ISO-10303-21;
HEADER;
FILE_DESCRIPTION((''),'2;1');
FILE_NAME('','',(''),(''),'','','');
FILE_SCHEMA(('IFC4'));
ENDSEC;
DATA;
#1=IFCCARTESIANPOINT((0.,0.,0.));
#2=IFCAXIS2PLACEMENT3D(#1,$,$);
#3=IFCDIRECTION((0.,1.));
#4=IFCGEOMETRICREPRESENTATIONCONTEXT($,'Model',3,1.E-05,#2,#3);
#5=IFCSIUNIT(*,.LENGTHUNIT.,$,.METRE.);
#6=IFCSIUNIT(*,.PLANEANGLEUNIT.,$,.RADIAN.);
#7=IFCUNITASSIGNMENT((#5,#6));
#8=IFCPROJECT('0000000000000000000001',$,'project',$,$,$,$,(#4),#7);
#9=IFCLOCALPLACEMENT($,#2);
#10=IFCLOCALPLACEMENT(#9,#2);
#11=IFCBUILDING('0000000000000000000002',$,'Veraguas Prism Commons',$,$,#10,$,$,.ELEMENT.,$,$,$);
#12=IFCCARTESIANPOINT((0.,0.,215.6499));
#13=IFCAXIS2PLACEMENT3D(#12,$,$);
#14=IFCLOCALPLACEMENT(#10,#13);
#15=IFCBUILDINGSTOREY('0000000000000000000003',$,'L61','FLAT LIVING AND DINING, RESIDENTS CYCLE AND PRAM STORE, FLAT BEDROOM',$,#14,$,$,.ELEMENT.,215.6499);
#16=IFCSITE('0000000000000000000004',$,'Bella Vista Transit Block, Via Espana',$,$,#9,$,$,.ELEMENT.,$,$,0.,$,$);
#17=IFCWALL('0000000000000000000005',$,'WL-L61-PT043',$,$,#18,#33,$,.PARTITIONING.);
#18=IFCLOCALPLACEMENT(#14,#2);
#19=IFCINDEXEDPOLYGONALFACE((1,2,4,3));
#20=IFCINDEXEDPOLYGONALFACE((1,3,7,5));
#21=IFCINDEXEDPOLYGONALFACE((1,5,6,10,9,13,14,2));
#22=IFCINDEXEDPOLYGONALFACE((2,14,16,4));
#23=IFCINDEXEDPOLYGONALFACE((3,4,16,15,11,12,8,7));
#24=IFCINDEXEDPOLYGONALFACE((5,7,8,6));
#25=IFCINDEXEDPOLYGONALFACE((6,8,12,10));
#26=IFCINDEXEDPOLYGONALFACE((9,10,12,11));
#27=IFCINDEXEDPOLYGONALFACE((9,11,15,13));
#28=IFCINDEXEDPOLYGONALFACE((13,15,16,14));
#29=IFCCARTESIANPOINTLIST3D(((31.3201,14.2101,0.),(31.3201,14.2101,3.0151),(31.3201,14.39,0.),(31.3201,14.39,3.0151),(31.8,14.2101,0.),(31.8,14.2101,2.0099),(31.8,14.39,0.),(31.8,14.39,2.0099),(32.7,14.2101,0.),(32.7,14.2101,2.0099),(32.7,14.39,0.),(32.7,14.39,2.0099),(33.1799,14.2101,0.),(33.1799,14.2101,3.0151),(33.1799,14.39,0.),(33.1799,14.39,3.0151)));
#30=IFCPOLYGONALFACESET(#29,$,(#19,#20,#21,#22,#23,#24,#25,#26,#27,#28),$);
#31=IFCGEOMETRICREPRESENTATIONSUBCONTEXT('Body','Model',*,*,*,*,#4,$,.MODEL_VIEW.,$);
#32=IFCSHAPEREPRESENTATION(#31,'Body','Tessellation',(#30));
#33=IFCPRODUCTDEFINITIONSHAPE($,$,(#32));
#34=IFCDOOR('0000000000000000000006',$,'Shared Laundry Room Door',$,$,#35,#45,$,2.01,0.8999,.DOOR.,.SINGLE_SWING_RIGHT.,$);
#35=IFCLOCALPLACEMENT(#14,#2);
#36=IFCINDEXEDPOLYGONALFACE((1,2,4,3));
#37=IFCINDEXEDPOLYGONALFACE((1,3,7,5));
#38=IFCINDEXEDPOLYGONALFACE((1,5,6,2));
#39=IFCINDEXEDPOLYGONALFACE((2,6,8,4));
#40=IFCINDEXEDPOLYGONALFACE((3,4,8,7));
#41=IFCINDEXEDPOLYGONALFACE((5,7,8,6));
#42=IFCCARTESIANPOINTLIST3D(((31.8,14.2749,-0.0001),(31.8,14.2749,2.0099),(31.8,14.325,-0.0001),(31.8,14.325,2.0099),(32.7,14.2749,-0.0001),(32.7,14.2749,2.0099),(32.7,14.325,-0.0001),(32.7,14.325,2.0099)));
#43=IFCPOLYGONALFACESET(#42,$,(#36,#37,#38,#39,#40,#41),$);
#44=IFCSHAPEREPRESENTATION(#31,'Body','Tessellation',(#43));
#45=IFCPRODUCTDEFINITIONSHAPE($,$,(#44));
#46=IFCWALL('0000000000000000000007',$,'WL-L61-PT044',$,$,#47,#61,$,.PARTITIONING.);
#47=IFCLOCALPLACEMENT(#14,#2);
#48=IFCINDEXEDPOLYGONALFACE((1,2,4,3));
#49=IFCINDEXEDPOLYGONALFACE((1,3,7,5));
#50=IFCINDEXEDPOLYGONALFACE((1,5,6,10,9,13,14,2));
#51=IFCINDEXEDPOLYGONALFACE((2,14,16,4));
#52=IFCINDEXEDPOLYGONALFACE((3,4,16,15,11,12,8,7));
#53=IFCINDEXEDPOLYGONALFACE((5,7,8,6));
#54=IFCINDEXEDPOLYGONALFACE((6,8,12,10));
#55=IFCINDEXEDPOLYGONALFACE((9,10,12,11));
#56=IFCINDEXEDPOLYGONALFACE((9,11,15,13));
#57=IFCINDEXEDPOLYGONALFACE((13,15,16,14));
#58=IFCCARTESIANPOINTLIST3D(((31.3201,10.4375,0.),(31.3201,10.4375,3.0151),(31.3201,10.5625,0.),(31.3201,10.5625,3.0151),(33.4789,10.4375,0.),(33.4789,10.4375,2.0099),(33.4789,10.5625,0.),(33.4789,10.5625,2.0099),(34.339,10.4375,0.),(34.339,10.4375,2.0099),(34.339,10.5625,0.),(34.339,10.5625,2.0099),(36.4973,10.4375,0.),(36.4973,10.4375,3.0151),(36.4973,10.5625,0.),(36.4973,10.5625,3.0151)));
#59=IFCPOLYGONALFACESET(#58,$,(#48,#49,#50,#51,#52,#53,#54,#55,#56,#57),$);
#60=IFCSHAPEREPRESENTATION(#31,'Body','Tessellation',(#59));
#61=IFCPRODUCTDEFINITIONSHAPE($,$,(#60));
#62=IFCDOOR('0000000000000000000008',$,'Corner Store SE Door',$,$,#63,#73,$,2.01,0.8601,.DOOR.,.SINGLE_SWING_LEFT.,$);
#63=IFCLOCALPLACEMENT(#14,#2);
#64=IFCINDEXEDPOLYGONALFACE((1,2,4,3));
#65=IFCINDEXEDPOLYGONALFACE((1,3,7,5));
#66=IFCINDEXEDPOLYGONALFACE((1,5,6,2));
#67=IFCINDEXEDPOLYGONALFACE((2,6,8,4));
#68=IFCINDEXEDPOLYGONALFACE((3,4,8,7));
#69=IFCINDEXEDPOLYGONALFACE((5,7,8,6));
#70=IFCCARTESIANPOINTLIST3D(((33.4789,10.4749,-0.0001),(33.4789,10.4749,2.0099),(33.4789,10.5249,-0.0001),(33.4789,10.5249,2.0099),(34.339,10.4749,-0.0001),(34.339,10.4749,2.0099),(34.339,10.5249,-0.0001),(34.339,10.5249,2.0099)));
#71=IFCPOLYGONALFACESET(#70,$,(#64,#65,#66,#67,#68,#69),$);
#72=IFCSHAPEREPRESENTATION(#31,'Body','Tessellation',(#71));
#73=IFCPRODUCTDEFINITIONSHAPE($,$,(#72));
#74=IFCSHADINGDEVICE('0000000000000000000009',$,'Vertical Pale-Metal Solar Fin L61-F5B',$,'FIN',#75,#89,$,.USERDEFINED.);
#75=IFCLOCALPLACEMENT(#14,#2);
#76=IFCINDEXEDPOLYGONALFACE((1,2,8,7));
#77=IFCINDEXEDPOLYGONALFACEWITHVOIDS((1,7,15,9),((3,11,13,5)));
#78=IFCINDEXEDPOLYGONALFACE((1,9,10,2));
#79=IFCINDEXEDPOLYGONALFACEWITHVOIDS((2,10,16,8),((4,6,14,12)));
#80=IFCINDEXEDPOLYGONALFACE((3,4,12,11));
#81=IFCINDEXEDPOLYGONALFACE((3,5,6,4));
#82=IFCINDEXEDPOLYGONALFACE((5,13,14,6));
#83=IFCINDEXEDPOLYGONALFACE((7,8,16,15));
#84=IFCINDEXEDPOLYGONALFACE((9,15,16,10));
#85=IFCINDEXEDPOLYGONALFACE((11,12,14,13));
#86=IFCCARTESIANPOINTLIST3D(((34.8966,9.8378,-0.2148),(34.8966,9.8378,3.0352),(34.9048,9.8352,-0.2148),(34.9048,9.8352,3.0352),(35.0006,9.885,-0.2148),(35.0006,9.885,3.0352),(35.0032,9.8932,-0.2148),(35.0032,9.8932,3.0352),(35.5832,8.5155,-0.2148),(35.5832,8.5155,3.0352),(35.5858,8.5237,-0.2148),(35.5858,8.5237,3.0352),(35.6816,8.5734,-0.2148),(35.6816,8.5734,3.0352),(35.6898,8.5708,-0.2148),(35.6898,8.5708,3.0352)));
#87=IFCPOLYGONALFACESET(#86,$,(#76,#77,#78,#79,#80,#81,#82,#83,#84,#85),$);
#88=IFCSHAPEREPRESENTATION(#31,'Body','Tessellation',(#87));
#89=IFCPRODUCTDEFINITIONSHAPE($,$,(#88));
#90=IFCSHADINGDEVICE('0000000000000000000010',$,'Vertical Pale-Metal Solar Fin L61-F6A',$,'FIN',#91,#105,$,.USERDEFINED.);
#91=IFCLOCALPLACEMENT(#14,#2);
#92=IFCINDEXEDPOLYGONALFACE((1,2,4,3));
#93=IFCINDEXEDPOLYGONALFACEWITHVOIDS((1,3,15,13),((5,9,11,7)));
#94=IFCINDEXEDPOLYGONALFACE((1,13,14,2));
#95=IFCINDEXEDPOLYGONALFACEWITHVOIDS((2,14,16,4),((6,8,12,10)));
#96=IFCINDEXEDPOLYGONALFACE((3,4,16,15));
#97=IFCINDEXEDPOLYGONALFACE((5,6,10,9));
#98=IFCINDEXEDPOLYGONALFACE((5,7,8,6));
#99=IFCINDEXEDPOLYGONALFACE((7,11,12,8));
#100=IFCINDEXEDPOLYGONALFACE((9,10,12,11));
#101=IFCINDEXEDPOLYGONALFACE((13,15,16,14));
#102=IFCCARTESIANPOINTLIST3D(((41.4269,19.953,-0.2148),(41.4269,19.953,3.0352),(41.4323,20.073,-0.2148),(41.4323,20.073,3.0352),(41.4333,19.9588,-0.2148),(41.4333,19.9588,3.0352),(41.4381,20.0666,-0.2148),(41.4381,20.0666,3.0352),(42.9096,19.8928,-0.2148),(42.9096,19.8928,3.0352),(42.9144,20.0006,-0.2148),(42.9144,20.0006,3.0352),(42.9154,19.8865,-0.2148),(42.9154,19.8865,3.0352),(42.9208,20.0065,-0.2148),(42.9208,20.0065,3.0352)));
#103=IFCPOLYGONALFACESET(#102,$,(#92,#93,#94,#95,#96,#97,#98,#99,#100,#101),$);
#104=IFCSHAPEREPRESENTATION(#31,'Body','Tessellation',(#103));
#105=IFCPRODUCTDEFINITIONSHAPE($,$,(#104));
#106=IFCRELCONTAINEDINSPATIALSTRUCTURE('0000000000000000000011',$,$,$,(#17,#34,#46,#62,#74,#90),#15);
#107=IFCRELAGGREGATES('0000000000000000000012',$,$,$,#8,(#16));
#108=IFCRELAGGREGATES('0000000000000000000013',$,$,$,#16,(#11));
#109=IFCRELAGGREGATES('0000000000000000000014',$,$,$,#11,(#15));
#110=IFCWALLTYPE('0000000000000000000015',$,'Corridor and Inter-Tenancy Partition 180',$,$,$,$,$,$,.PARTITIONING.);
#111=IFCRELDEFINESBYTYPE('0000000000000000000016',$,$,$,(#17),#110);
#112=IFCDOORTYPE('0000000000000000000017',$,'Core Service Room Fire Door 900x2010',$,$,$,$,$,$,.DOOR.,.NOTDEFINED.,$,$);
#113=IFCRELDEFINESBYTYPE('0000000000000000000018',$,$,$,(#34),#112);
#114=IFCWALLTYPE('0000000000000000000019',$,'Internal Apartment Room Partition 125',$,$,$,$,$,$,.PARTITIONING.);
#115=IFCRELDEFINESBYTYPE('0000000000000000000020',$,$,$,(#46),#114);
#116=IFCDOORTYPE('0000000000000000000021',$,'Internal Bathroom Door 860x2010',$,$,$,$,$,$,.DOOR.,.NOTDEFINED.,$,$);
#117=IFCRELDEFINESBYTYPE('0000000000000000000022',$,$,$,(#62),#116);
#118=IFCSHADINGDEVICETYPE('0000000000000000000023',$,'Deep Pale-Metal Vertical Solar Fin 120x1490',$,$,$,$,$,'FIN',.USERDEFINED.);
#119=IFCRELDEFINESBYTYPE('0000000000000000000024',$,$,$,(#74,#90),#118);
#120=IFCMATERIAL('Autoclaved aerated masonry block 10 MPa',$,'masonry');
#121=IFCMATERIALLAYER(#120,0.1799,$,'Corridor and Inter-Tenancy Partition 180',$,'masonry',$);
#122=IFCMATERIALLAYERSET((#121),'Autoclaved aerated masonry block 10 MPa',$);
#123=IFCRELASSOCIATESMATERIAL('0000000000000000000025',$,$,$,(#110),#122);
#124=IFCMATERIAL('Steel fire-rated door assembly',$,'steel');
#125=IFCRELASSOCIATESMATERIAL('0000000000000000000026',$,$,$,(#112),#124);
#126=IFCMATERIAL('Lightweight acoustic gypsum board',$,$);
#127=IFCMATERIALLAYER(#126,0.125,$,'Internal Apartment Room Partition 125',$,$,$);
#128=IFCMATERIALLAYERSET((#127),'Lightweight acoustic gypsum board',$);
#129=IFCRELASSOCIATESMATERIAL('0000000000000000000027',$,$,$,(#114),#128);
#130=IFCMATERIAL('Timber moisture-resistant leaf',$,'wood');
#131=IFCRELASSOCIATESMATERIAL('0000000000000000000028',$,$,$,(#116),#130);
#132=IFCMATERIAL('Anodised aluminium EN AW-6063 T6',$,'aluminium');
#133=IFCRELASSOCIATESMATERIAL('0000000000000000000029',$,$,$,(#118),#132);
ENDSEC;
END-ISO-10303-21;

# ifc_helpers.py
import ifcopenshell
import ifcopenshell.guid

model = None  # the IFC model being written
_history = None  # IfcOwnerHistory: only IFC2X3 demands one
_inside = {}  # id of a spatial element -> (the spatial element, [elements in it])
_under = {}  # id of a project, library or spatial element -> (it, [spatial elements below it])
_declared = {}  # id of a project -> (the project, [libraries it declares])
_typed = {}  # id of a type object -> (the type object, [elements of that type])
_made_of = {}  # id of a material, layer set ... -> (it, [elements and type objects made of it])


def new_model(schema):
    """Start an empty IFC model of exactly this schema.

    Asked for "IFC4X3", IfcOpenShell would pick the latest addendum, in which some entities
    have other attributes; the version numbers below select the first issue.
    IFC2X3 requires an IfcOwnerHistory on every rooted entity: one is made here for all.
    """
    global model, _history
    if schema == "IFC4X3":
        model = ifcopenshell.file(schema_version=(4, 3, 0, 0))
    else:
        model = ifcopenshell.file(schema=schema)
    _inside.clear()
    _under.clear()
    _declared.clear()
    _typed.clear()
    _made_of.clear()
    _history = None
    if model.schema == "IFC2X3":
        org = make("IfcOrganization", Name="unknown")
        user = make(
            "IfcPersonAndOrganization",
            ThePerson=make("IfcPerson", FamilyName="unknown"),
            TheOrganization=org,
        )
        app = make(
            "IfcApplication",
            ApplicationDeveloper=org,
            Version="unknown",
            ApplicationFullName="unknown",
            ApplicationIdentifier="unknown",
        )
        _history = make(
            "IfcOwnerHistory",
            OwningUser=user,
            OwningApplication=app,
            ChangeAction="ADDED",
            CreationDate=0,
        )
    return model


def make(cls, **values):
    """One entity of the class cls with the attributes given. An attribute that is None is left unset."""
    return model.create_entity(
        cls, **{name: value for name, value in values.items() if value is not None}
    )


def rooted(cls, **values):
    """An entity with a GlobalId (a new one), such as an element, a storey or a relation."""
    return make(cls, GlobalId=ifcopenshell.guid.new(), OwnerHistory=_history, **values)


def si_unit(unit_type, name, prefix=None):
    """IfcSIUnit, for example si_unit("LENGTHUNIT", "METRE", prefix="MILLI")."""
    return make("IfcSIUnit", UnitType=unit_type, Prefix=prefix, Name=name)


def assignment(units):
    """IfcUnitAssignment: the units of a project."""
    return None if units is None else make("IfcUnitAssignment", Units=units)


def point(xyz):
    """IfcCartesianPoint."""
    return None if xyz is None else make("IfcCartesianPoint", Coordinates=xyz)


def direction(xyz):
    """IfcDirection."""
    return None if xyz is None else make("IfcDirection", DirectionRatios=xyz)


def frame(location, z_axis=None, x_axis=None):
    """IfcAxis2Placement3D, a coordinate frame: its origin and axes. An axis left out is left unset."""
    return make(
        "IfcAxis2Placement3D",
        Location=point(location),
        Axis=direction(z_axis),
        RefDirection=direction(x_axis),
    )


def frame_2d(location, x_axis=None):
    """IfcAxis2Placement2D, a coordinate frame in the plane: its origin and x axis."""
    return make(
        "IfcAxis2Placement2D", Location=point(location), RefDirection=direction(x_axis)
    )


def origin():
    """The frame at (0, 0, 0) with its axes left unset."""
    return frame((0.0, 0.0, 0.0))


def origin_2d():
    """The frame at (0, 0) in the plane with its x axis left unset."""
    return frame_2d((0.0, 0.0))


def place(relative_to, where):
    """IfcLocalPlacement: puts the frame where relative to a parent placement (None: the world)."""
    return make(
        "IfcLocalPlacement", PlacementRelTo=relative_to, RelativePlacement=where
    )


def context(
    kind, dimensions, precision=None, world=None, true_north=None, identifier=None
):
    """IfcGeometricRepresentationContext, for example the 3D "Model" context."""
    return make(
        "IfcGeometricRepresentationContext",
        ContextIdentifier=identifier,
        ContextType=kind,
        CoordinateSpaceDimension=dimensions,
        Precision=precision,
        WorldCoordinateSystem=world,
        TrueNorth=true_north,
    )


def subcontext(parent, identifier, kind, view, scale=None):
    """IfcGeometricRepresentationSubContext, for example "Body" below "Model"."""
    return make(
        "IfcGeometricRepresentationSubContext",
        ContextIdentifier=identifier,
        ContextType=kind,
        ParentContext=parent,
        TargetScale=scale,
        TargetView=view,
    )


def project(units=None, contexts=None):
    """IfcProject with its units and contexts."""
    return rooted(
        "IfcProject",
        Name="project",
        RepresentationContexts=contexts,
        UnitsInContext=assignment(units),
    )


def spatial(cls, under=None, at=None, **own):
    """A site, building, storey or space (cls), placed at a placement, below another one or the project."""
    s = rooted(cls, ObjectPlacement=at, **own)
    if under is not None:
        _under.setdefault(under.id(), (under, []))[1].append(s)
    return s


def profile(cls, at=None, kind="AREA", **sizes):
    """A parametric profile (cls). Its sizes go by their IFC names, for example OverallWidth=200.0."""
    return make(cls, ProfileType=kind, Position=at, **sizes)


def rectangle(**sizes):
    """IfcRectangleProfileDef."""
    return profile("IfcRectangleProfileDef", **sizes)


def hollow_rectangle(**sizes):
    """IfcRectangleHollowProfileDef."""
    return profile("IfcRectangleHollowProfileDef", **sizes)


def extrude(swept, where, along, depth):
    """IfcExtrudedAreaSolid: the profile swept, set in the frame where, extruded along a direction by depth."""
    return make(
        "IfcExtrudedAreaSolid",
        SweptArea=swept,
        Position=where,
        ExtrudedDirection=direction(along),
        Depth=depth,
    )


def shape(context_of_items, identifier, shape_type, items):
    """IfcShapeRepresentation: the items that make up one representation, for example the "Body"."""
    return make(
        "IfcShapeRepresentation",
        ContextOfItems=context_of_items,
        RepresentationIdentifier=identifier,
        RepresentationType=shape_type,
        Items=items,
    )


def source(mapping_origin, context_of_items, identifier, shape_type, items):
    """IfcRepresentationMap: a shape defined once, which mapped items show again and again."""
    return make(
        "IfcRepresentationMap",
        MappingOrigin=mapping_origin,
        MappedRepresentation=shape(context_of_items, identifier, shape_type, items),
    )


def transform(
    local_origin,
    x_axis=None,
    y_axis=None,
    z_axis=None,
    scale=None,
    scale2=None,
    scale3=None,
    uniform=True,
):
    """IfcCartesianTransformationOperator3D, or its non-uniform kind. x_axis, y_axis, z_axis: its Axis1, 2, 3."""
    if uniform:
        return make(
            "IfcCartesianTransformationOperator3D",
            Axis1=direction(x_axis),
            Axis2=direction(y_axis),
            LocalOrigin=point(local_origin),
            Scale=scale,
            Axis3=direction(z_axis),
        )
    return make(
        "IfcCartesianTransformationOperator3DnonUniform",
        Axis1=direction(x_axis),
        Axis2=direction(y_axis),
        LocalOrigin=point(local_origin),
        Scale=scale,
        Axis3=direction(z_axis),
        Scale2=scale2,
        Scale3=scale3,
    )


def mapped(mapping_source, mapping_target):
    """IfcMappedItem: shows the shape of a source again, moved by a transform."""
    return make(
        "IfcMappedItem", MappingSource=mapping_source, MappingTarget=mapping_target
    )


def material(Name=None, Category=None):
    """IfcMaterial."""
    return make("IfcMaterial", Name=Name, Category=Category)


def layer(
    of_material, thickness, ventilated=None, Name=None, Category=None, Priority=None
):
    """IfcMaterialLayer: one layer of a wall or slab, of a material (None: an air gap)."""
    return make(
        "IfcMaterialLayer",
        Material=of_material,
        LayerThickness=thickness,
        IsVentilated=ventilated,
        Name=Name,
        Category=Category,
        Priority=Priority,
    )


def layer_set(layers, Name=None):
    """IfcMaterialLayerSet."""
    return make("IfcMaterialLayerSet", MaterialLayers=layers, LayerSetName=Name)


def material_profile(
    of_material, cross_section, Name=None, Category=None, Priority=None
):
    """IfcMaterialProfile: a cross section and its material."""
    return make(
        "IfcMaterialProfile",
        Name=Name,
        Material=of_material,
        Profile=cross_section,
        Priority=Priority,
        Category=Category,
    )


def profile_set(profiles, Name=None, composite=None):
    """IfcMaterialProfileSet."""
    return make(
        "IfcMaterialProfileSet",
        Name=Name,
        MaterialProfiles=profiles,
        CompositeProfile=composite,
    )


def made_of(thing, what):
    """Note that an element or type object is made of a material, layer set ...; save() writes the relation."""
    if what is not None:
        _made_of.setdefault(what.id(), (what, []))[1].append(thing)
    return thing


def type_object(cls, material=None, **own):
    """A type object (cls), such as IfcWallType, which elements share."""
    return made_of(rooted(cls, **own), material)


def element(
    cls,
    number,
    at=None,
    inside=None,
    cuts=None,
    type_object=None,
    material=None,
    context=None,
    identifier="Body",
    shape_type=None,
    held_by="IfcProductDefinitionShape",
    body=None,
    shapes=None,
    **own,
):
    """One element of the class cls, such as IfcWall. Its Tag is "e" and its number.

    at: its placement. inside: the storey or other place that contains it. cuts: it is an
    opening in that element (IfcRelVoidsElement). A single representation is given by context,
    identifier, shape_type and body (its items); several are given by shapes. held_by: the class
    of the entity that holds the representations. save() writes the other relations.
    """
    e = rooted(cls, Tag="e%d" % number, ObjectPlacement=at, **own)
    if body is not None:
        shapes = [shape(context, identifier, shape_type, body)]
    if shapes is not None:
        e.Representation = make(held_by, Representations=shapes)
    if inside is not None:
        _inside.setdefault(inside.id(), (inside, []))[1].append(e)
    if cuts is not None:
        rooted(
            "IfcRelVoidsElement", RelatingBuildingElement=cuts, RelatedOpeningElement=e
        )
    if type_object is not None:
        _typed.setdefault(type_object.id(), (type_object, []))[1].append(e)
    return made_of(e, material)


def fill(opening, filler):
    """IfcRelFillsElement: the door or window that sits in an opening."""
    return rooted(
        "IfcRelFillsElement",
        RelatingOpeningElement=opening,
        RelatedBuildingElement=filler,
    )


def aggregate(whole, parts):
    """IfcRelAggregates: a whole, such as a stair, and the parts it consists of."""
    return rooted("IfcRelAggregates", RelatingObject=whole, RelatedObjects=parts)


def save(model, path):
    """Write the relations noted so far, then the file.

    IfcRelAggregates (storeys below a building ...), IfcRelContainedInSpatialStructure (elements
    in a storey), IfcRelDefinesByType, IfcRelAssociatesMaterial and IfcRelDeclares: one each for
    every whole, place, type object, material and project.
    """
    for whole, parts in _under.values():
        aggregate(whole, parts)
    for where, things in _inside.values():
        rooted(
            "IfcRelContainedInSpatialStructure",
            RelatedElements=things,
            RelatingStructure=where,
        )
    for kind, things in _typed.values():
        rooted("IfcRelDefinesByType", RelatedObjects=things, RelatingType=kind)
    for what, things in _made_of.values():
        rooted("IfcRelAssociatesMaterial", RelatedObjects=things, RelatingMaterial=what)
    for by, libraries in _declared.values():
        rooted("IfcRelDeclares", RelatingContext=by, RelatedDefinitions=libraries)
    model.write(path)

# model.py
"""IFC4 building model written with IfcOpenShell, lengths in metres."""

from ifc_helpers import new_model, si_unit, direction, frame, frame_2d, origin, origin_2d, place, context, subcontext, project, spatial, rectangle, hollow_rectangle, extrude, source, transform, mapped, material, layer, layer_set, material_profile, profile_set, type_object, element, fill, save


model = new_model("IFC4")

# Units and contexts
model_context = context("Model", 3, precision=1e-05, world=origin(), true_north=direction((0.0, 1.0)))
body_context = subcontext(model_context, "Body", "Model", "MODEL_VIEW")
ifc_project = project(units=[si_unit("LENGTHUNIT", "METRE"), si_unit("PLANEANGLEUNIT", "RADIAN")], contexts=[model_context])

# Site, building, storey
site_placement = place(None, origin())
site = spatial("IfcSite", under=ifc_project, at=site_placement, Name="Bella Vista Transit Block, Via Espana", CompositionType="ELEMENT", RefElevation=0.0)
building_placement = place(site_placement, origin())
building = spatial("IfcBuilding", under=site, at=building_placement, Name="Veraguas Prism Commons", CompositionType="ELEMENT")
storey_placement = place(building_placement, frame((0.0, 0.0, 215.6499)))
storey = spatial("IfcBuildingStorey", under=building, at=storey_placement, Name="L61", Description="FLAT LIVING AND DINING, RESIDENTS CYCLE AND PRAM STORE, FLAT BEDROOM", CompositionType="ELEMENT", Elevation=215.6499)

# Shared definitions
ifc_material_1 = material(Name="Anodised aluminium EN AW-6063 T6", Category="aluminium")

# Shared definitions
ifc_material_2 = material(Name="Autoclaved aerated masonry block 10 MPa", Category="masonry")
ifc_layer_1 = layer(ifc_material_2, 0.1799, Name="Corridor and Inter-Tenancy Partition 180", Category="masonry")
ifc_layer_set_1 = layer_set([ifc_layer_1], Name="Autoclaved aerated masonry block 10 MPa")
wall_type_1 = type_object("IfcWallType", Name="Corridor and Inter-Tenancy Partition 180", PredefinedType="PARTITIONING", material=ifc_layer_set_1)

# Shared definitions
ifc_material_3 = material(Name="Steel fire-rated door assembly", Category="steel")

# Walls, openings, doors
wall_1_placement = place(storey_placement, frame((31.3201, 14.3, 0.0), z_axis=(0.0, 0.0, 1.0), x_axis=(1.0, 0.0, 0.0)))
wall_1 = element("IfcWall", 1, at=wall_1_placement, inside=storey, type_object=wall_type_1, Name="WL-L61-PT043", PredefinedType="PARTITIONING", context=body_context, shape_type="SweptSolid", body=[
    extrude(rectangle(XDim=1.8599, YDim=0.1799, at=frame_2d((0.9299, 0.0))), origin(), (0.0, 0.0, 1.0), 3.0151),
])
opening_1_placement = place(wall_1_placement, frame((0.48, 0.0, 0.0)))
opening_1 = element("IfcOpeningElement", 2, at=opening_1_placement, cuts=wall_1, PredefinedType="OPENING", context=body_context, shape_type="SweptSolid", body=[
    extrude(rectangle(XDim=0.8999, YDim=2.01, at=frame_2d((0.45, 1.0049))), frame((0.0, 0.0999, 0.0), z_axis=(0.0, -1.0, 0.0), x_axis=(1.0, 0.0, 0.0)), (0.0, 0.0, 1.0), 0.2),
])
door_type_1 = type_object("IfcDoorType", Name="Core Service Room Fire Door 900x2010", OperationType="NOTDEFINED", PredefinedType="DOOR", material=ifc_material_3)
shared_shape_1 = source(origin(), body_context, "Body", "SweptSolid", [
    extrude(rectangle(XDim=0.8999, YDim=2.01, at=frame_2d((0.45, 1.0049))), frame((0.0, 0.0249, 0.0), z_axis=(0.0, -1.0, 0.0), x_axis=(1.0, 0.0, 0.0)), (0.0, 0.0, 1.0), 0.05),
])
door_1_placement = place(opening_1_placement, origin())
door_1 = element("IfcDoor", 3, at=door_1_placement, inside=storey, type_object=door_type_1, Name="Shared Laundry Room Door", OperationType="SINGLE_SWING_RIGHT", OverallHeight=2.01, OverallWidth=0.8999, PredefinedType="DOOR", context=body_context, shape_type="MappedRepresentation", body=[
    mapped(shared_shape_1, transform((0.0, 0.0, 0.0), scale=1.0)),
])
fill(opening_1, door_1)
ifc_material_4 = material(Name="Lightweight acoustic gypsum board")
ifc_layer_2 = layer(ifc_material_4, 0.125, Name="Internal Apartment Room Partition 125")
ifc_layer_set_2 = layer_set([ifc_layer_2], Name="Lightweight acoustic gypsum board")
wall_type_2 = type_object("IfcWallType", Name="Internal Apartment Room Partition 125", PredefinedType="PARTITIONING", material=ifc_layer_set_2)
wall_2_placement = place(storey_placement, frame((31.3201, 10.5, 0.0), z_axis=(0.0, 0.0, 1.0), x_axis=(1.0, 0.0, 0.0)))
wall_2 = element("IfcWall", 4, at=wall_2_placement, inside=storey, type_object=wall_type_2, Name="WL-L61-PT044", PredefinedType="PARTITIONING", context=body_context, shape_type="SweptSolid", body=[
    extrude(rectangle(XDim=5.1772, YDim=0.125, at=frame_2d((2.5886, 0.0))), origin(), (0.0, 0.0, 1.0), 3.0151),
])
opening_2_placement = place(wall_2_placement, frame((2.1587, 0.0, 0.0)))
opening_2 = element("IfcOpeningElement", 5, at=opening_2_placement, cuts=wall_2, PredefinedType="OPENING", context=body_context, shape_type="SweptSolid", body=[
    extrude(rectangle(XDim=0.8601, YDim=2.01, at=frame_2d((0.4302, 1.0049))), frame((0.0, 0.0725, 0.0), z_axis=(0.0, -1.0, 0.0), x_axis=(1.0, 0.0, 0.0)), (0.0, 0.0, 1.0), 0.145),
])
ifc_material_5 = material(Name="Timber moisture-resistant leaf", Category="wood")
door_type_2 = type_object("IfcDoorType", Name="Internal Bathroom Door 860x2010", OperationType="NOTDEFINED", PredefinedType="DOOR", material=ifc_material_5)
shared_shape_2 = source(origin(), body_context, "Body", "SweptSolid", [
    extrude(rectangle(XDim=0.8601, YDim=2.01, at=frame_2d((0.4302, 1.0049))), frame((0.0, 0.0249, 0.0), z_axis=(0.0, -1.0, 0.0), x_axis=(1.0, 0.0, 0.0)), (0.0, 0.0, 1.0), 0.05),
])
door_2_placement = place(opening_2_placement, origin())
door_2 = element("IfcDoor", 6, at=door_2_placement, inside=storey, type_object=door_type_2, Name="Corner Store SE Door", OperationType="SINGLE_SWING_LEFT", OverallHeight=2.01, OverallWidth=0.8601, PredefinedType="DOOR", context=body_context, shape_type="MappedRepresentation", body=[
    mapped(shared_shape_2, transform((0.0, 0.0, 0.0), scale=1.0)),
])
fill(opening_2, door_2)

# Shading devices
ifc_material_profile_1 = material_profile(ifc_material_1, hollow_rectangle(XDim=0.1201, YDim=1.49, WallThickness=0.0061, at=origin_2d()), Name="FIN120X1490X6")
ifc_profile_set_1 = profile_set([ifc_material_profile_1], Name="Anodised aluminium EN AW-6063 T6")
shading_device_type = type_object("IfcShadingDeviceType", Name="Deep Pale-Metal Vertical Solar Fin 120x1490", ElementType="FIN", PredefinedType="USERDEFINED", material=ifc_profile_set_1)
for number, where, z_axis, x_axis, name in (
    (7, (35.2932, 9.2043, -0.2148), (0.0, 0.0, 1.0), (0.887495, 0.460818, 0.0), "Vertical Pale-Metal Solar Fin L61-F5B"),
    (8, (42.1738, 19.9797, -0.2148), (0.0, 0.0, 1.0), (0.044669, 0.999002, 0.0), "Vertical Pale-Metal Solar Fin L61-F6A"),
):
    element("IfcShadingDevice", number, at=place(storey_placement, frame(where, z_axis=z_axis, x_axis=x_axis)), inside=storey, type_object=shading_device_type, Name=name, ObjectType="FIN", PredefinedType="USERDEFINED", context=body_context, shape_type="SweptSolid", body=[
        extrude(hollow_rectangle(XDim=0.1201, YDim=1.49, WallThickness=0.0061, at=origin_2d()), origin(), (0.0, 0.0, 1.0), 3.25),
    ])

save(model, "model.ifc")
